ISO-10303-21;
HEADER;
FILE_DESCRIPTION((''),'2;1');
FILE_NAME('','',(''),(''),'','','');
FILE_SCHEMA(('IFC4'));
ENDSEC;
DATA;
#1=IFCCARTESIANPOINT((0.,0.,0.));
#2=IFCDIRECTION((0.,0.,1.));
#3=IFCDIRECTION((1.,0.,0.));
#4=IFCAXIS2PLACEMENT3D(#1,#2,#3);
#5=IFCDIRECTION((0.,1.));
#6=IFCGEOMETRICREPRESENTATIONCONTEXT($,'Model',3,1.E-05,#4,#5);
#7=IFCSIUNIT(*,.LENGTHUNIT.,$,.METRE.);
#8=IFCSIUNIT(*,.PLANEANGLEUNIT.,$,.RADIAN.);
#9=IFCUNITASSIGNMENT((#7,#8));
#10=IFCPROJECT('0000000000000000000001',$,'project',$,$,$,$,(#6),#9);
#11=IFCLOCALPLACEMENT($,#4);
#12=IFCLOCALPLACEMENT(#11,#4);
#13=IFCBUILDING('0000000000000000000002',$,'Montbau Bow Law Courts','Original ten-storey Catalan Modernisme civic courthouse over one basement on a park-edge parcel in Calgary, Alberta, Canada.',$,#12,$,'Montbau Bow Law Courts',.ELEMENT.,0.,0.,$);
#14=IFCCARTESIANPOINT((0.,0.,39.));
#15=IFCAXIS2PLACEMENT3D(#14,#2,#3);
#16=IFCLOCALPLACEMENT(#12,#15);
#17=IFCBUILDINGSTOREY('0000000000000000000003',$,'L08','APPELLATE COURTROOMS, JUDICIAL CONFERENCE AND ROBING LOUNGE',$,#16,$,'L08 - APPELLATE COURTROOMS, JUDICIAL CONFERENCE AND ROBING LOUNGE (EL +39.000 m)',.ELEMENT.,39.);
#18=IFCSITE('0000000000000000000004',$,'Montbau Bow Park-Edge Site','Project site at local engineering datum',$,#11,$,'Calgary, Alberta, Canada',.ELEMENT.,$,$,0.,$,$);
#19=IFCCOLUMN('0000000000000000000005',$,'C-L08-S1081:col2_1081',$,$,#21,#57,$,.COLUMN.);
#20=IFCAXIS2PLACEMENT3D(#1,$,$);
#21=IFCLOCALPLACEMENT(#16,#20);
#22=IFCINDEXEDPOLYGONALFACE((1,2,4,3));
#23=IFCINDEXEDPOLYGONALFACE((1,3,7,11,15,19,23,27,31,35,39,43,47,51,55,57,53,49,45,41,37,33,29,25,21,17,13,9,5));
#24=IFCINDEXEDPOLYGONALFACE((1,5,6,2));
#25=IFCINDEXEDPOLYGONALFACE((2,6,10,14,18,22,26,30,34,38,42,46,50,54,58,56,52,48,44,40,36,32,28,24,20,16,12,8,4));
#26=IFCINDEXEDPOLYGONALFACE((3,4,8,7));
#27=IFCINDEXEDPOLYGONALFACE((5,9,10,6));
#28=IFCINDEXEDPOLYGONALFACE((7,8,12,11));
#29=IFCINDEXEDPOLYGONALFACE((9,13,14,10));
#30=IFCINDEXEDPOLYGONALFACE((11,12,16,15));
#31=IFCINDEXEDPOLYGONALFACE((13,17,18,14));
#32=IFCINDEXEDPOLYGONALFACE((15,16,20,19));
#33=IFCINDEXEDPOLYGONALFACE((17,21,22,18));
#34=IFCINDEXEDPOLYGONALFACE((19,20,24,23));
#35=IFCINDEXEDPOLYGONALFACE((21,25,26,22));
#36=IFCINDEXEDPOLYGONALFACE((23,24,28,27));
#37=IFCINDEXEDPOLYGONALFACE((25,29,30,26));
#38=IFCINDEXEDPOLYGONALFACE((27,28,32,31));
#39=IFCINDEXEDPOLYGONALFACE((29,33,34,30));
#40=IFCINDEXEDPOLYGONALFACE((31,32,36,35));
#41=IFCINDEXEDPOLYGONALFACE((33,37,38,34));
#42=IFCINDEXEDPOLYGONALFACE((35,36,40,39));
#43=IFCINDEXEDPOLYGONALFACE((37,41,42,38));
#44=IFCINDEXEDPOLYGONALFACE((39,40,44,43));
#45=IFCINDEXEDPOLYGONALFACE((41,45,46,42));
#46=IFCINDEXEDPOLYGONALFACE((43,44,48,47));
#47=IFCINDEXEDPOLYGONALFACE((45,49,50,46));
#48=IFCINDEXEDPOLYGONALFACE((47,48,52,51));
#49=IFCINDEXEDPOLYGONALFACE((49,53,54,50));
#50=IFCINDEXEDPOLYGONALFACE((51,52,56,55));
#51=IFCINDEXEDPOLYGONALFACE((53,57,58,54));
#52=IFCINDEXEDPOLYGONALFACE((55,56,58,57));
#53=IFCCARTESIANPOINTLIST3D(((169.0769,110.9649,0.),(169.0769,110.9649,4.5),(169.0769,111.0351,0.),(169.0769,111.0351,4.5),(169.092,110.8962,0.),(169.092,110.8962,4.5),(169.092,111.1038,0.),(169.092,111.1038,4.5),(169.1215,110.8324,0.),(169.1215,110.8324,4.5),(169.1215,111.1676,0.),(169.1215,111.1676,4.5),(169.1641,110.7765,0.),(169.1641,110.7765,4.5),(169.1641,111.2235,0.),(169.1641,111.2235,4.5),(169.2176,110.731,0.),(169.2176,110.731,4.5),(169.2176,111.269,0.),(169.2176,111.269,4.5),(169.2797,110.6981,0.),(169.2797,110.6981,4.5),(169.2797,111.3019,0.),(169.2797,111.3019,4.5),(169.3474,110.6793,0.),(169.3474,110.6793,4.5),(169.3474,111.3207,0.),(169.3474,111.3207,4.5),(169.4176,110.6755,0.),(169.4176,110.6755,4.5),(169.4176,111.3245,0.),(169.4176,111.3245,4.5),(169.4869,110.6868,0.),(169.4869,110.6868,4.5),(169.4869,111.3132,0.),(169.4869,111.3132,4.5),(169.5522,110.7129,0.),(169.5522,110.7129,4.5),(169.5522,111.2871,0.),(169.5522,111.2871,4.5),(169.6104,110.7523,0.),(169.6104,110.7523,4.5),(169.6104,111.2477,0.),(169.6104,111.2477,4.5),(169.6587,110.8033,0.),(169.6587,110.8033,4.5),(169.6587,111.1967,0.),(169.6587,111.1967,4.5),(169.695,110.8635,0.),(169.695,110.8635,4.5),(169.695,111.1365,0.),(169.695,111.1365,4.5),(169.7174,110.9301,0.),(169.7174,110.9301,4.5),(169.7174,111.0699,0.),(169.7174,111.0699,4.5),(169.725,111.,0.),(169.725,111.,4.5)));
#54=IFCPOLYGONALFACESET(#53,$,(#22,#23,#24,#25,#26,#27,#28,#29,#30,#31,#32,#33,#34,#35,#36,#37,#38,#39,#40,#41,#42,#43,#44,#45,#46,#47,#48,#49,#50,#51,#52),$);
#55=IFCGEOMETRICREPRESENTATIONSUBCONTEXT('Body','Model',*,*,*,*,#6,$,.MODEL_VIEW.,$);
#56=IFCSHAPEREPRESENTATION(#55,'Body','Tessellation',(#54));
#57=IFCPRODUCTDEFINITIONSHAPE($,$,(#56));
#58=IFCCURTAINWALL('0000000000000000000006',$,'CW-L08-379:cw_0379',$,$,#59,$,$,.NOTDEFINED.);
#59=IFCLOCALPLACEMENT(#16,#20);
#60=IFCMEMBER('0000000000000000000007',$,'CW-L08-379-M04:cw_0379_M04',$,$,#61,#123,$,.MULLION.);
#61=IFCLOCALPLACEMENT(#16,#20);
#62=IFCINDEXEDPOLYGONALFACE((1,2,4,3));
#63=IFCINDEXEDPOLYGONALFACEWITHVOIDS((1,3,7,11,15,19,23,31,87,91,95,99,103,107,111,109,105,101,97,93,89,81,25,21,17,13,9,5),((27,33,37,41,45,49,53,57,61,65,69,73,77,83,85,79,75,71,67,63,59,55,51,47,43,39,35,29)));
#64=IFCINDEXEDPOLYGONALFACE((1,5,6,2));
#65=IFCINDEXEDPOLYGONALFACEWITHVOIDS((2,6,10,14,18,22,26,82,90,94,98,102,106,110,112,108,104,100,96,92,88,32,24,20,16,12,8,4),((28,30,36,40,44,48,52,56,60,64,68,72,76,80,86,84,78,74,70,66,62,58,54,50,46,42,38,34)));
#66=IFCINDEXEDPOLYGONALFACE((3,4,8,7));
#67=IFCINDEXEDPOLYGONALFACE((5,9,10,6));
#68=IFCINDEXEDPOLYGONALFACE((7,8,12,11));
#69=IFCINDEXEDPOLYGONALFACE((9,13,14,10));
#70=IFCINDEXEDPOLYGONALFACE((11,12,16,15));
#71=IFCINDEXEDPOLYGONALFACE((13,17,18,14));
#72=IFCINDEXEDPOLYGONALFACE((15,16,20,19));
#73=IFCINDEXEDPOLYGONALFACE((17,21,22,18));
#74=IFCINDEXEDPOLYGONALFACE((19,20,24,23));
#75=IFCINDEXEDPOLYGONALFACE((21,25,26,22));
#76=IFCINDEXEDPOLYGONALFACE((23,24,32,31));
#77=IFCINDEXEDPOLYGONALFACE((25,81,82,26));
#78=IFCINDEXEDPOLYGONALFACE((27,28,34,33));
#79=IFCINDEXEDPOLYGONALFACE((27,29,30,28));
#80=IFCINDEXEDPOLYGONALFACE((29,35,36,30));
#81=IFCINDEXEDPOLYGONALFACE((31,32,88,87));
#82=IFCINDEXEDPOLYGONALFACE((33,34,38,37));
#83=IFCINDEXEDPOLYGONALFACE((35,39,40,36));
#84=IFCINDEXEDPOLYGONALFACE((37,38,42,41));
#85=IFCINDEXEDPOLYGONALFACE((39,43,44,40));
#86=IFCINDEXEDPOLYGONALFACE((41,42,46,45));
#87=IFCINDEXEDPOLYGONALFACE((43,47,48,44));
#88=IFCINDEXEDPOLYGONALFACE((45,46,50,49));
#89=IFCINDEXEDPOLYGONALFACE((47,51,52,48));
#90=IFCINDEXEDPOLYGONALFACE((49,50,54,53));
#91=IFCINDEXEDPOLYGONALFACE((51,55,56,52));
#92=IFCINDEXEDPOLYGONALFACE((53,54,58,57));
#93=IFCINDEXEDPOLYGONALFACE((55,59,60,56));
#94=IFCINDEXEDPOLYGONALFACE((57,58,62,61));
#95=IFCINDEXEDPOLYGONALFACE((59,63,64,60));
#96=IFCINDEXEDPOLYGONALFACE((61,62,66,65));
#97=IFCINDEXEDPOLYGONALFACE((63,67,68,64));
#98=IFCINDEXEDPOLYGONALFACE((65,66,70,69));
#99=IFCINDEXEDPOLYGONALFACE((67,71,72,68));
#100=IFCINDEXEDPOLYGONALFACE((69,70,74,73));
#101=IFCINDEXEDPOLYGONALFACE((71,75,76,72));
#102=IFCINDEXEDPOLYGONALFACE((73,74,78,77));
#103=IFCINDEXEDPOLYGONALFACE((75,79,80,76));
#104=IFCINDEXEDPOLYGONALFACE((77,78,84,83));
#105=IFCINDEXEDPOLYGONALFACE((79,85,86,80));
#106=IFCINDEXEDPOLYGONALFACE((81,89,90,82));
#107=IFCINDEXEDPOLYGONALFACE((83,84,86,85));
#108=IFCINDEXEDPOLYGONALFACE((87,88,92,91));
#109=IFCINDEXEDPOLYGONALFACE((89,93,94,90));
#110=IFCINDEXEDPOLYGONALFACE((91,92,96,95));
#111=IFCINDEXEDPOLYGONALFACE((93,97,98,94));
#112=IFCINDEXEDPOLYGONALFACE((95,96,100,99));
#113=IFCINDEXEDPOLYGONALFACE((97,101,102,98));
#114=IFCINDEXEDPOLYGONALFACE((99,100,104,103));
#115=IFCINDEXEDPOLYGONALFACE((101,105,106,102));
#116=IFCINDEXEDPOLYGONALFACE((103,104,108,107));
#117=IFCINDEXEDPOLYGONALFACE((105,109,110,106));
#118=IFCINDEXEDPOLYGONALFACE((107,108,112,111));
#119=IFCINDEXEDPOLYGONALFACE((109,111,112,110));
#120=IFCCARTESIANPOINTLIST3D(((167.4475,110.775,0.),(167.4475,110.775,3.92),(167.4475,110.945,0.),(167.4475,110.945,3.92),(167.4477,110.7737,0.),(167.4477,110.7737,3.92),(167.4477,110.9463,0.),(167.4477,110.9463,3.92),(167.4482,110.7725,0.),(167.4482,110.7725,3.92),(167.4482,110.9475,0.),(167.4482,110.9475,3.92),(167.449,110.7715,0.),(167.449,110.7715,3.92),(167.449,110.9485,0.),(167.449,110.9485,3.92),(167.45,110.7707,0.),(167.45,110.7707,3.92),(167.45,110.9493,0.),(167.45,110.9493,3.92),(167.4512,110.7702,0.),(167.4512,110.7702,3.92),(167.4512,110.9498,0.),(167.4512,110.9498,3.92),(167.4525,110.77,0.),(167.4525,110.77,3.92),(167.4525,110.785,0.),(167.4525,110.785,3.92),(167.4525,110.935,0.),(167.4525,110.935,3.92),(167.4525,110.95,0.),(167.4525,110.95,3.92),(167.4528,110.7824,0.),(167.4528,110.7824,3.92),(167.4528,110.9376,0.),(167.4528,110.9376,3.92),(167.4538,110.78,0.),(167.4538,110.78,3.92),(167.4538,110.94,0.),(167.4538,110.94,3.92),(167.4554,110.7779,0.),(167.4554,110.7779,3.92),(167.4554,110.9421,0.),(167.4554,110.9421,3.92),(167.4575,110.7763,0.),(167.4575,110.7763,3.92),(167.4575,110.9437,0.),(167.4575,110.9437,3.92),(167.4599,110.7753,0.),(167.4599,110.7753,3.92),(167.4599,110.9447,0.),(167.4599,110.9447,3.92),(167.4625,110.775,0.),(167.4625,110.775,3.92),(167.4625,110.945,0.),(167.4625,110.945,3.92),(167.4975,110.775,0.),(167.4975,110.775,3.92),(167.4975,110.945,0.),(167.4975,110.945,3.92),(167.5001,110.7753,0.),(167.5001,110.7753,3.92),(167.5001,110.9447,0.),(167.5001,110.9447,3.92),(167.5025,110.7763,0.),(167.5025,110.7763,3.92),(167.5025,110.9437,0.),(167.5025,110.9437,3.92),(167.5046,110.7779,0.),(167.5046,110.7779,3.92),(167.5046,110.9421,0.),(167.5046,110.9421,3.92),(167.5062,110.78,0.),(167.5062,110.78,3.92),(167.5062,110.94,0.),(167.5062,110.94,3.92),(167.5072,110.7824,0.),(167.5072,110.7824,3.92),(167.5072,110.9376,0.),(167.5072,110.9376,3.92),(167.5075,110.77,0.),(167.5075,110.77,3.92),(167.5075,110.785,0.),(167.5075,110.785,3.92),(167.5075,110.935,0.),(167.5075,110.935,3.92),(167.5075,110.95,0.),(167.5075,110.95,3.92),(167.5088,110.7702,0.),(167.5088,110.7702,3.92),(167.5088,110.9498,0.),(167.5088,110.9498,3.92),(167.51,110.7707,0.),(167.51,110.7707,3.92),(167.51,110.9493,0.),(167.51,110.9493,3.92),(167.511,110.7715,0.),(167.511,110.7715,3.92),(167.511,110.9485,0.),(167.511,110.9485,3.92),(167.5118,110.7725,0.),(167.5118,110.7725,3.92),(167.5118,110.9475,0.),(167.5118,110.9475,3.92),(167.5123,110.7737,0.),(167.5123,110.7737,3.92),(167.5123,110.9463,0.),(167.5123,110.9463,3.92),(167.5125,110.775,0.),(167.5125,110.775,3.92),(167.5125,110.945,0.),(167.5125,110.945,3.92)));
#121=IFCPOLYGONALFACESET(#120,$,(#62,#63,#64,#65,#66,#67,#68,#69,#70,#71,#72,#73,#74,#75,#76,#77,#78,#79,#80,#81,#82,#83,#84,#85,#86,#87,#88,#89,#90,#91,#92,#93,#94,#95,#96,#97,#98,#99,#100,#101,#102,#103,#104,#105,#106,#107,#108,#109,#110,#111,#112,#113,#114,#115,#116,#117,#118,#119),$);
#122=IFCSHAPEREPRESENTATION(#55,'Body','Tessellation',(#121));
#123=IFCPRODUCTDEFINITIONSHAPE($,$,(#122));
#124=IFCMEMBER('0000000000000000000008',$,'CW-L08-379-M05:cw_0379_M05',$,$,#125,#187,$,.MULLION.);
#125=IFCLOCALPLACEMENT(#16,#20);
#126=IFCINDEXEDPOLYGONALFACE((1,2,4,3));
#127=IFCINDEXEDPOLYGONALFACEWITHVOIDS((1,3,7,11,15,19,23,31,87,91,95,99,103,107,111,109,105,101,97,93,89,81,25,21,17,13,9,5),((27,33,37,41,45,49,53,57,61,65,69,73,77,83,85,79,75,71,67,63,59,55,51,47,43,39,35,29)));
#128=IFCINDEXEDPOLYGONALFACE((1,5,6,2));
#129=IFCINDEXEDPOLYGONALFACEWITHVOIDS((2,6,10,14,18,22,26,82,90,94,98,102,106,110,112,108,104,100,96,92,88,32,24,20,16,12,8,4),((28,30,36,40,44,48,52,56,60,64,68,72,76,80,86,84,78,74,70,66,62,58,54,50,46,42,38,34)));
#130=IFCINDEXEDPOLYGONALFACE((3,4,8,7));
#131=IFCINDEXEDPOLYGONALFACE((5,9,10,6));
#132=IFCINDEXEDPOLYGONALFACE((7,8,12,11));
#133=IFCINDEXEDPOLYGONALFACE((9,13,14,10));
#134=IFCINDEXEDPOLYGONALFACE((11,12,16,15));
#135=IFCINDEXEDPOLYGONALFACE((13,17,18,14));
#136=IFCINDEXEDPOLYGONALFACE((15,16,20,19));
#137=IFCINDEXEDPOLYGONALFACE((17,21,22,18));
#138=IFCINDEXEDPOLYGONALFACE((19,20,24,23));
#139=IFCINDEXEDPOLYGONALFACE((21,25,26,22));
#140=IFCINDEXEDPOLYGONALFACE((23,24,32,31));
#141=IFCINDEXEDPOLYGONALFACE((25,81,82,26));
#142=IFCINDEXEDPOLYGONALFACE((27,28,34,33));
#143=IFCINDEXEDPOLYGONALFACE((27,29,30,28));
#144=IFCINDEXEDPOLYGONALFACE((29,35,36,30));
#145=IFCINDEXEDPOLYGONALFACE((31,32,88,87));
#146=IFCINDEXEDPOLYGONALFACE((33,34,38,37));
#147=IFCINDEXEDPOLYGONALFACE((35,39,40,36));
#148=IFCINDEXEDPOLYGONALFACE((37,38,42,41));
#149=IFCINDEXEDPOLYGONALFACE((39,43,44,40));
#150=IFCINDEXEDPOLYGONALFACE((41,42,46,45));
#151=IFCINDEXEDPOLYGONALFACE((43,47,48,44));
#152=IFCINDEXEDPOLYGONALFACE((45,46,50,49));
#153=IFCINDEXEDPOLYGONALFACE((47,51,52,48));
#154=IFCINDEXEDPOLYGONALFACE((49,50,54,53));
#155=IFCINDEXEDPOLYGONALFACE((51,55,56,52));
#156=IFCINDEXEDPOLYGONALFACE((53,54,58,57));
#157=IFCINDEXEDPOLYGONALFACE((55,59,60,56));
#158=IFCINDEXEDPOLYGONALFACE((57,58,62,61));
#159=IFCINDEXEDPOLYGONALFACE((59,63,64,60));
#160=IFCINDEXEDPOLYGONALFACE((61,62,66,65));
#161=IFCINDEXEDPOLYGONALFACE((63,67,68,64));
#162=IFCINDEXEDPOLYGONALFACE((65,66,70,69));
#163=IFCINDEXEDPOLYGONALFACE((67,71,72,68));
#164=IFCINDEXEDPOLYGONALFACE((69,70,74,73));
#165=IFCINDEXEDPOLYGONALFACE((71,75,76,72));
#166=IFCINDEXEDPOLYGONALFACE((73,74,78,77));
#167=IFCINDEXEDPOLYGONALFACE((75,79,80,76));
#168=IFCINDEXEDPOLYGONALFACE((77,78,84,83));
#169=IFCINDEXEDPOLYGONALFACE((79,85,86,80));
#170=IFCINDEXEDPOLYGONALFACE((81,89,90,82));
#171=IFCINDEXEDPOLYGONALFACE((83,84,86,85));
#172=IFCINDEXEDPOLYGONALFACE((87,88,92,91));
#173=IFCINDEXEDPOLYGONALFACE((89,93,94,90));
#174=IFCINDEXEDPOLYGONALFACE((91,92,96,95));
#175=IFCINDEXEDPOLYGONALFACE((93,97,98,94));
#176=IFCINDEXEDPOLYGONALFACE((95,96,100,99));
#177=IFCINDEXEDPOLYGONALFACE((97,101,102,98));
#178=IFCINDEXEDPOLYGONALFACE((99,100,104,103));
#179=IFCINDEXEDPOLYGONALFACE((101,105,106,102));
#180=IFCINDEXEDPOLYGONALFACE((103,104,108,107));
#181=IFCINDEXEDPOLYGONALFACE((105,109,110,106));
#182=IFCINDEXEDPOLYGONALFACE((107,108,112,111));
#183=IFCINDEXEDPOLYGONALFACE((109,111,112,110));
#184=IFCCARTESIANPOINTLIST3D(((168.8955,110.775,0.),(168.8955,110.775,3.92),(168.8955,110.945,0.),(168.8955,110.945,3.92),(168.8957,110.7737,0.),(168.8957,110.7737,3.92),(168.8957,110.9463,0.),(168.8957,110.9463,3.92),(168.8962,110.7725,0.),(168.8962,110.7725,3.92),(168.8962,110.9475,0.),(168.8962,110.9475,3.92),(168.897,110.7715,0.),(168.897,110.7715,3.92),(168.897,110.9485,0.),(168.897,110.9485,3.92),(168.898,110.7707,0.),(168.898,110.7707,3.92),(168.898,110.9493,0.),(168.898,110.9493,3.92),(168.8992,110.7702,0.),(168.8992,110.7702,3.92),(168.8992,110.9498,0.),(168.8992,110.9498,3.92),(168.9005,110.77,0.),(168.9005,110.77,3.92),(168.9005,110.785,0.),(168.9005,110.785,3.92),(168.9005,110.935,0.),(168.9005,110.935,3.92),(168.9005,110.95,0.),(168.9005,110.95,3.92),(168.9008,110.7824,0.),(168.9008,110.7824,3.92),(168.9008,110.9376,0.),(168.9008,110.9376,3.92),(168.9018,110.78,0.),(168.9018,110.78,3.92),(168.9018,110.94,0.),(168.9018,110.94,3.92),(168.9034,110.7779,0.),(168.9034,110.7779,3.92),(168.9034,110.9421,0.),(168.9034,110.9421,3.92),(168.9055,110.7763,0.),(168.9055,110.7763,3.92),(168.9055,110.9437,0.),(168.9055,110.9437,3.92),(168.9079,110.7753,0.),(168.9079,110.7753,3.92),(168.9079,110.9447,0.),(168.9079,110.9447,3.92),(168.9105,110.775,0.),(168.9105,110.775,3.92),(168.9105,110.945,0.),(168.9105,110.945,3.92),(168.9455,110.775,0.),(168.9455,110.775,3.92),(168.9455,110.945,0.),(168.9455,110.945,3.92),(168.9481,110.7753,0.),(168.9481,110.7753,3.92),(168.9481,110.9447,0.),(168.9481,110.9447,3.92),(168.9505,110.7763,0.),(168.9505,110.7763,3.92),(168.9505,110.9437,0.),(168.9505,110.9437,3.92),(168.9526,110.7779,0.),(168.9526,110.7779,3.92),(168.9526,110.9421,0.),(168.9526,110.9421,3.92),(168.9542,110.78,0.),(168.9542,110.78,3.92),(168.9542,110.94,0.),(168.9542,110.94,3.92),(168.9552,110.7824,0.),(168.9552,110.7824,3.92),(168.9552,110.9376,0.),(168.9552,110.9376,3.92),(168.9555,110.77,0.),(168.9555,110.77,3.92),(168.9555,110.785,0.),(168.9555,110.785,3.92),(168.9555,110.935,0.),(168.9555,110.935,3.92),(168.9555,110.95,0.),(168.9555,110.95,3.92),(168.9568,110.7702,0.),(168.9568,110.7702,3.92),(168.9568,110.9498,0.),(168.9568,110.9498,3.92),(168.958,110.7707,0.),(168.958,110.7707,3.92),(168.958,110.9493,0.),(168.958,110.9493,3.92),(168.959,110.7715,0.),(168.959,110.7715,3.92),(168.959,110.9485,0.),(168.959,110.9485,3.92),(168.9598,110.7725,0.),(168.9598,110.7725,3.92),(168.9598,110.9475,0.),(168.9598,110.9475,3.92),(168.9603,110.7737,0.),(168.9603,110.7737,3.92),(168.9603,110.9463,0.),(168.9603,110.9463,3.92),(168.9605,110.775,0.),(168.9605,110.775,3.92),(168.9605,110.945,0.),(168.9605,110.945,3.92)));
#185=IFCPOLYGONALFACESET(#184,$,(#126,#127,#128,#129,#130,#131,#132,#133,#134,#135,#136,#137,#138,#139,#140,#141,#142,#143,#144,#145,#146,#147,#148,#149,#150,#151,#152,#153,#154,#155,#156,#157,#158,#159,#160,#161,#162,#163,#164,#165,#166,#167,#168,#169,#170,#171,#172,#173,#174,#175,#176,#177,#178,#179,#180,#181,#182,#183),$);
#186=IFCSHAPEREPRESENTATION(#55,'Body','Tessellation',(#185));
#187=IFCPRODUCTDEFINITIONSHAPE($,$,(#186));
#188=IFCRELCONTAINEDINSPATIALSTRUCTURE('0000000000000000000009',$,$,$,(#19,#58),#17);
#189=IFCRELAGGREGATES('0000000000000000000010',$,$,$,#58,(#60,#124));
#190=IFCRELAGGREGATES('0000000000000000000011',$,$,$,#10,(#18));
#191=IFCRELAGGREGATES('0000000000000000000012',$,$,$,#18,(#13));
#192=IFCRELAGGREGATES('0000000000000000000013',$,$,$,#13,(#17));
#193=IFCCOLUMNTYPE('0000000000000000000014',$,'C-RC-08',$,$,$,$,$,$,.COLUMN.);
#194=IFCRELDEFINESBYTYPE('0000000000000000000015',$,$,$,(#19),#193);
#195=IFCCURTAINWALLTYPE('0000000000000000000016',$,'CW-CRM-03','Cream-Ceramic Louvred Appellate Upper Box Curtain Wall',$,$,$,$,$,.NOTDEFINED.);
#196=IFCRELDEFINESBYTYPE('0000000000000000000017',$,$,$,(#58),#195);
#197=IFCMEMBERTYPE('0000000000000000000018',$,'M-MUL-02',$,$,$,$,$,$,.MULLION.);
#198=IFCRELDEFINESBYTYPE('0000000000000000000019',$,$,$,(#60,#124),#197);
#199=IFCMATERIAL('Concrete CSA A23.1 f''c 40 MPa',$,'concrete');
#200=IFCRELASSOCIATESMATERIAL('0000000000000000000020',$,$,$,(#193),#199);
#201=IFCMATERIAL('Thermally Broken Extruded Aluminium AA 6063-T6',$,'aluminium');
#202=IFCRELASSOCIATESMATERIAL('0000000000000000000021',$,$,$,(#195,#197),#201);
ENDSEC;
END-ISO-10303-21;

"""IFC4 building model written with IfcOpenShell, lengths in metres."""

from ifc_helpers import new_model, si_unit, direction, frame, origin_with_axes, origin_2d_with_axis, place, context, subcontext, project, spatial, hollow_rectangle, circle, extrude, material, material_profile, profile_set, type_object, element, aggregate, save


model = new_model("IFC4")

# Units and contexts
model_context = context("Model", 3, precision=1e-05, world=origin_with_axes(), true_north=direction((0.0, 1.0)))
body_context = subcontext(model_context, "Body", "Model", "MODEL_VIEW")
ifc_project = project(units=[si_unit("LENGTHUNIT", "METRE"), si_unit("PLANEANGLEUNIT", "RADIAN")], contexts=[model_context])

# Site, building, storey
site_placement = place(None, origin_with_axes())
site = spatial("IfcSite", under=ifc_project, at=site_placement, Name="Montbau Bow Park-Edge Site", Description="Project site at local engineering datum", LongName="Calgary, Alberta, Canada", CompositionType="ELEMENT", RefElevation=0.0)
building_placement = place(site_placement, origin_with_axes())
building = spatial("IfcBuilding", under=site, at=building_placement, Name="Montbau Bow Law Courts", Description="Original ten-storey Catalan Modernisme civic courthouse over one basement on a park-edge parcel in Calgary, Alberta, Canada.", LongName="Montbau Bow Law Courts", CompositionType="ELEMENT", ElevationOfRefHeight=0.0, ElevationOfTerrain=0.0)
storey_placement = place(building_placement, frame((0.0, 0.0, 39.0), z_axis=(0.0, 0.0, 1.0), x_axis=(1.0, 0.0, 0.0)))
storey = spatial("IfcBuildingStorey", under=building, at=storey_placement, Name="L08", Description="APPELLATE COURTROOMS, JUDICIAL CONFERENCE AND ROBING LOUNGE", LongName="L08 - APPELLATE COURTROOMS, JUDICIAL CONFERENCE AND ROBING LOUNGE (EL +39.000 m)", CompositionType="ELEMENT", Elevation=39.0)

# Column
ifc_material_1 = material(Name="Concrete CSA A23.1 f'c 40 MPa", Category="concrete")
ifc_material_profile_1 = material_profile(ifc_material_1, circle(Radius=0.325, at=origin_2d_with_axis()), Name="RC650D", Category="Main", Priority=0)
ifc_profile_set_1 = profile_set([ifc_material_profile_1], Name="Concrete CSA A23.1 f'c 40 MPa")
column_type = type_object("IfcColumnType", Name="C-RC-08", PredefinedType="COLUMN", material=ifc_profile_set_1)
column_placement = place(None, frame((169.4, 111.0, 39.0), z_axis=(0.0, 0.0, 1.0), x_axis=(1.0, 0.0, 0.0)))
element("IfcColumn", 1, at=column_placement, inside=storey, type_object=column_type, Name="C-L08-S1081:col2_1081", PredefinedType="COLUMN", context=body_context, shape_type="SweptSolid", body=[
    extrude(circle(Radius=0.325, at=origin_2d_with_axis()), origin_with_axes(), (0.0, 0.0, 1.0), 4.5),
])

# Curtain wall, members
ifc_material_2 = material(Name="Thermally Broken Extruded Aluminium AA 6063-T6", Category="aluminium")
curtain_wall_type = type_object("IfcCurtainWallType", Name="CW-CRM-03", Description="Cream-Ceramic Louvred Appellate Upper Box Curtain Wall", PredefinedType="NOTDEFINED", material=ifc_material_2)
curtain_wall_1_placement = place(None, frame((163.04, 110.86, 39.0), z_axis=(0.0, 0.0, 1.0), x_axis=(1.0, 0.0, 0.0)))
curtain_wall_1 = element("IfcCurtainWall", 2, at=curtain_wall_1_placement, inside=storey, type_object=curtain_wall_type, Name="CW-L08-379:cw_0379", PredefinedType="NOTDEFINED")
ifc_material_profile_2 = material_profile(ifc_material_2, hollow_rectangle(XDim=0.065, YDim=0.18, WallThickness=0.005, InnerFilletRadius=0.01, OuterFilletRadius=0.005, at=origin_2d_with_axis()), Name="CWM-180X65", Category="Main", Priority=0)
ifc_profile_set_2 = profile_set([ifc_material_profile_2], Name="Thermally Broken Extruded Aluminium AA 6063-T6")
member_type_1 = type_object("IfcMemberType", Name="M-MUL-02", PredefinedType="MULLION", material=ifc_profile_set_2)
member_1_placement = place(None, frame((167.48, 110.86, 39.0), z_axis=(0.0, 0.0, 1.0), x_axis=(1.0, 0.0, 0.0)))
member_1 = element("IfcMember", 3, at=member_1_placement, type_object=member_type_1, Name="CW-L08-379-M04:cw_0379_M04", PredefinedType="MULLION", context=body_context, shape_type="SweptSolid", body=[
    extrude(hollow_rectangle(XDim=0.065, YDim=0.18, WallThickness=0.005, InnerFilletRadius=0.01, OuterFilletRadius=0.005, at=origin_2d_with_axis()), origin_with_axes(), (0.0, 0.0, 1.0), 3.92),
])
member_2_placement = place(None, frame((168.928, 110.86, 39.0), z_axis=(0.0, 0.0, 1.0), x_axis=(1.0, 0.0, 0.0)))
member_2 = element("IfcMember", 4, at=member_2_placement, type_object=member_type_1, Name="CW-L08-379-M05:cw_0379_M05", PredefinedType="MULLION", context=body_context, shape_type="SweptSolid", body=[
    extrude(hollow_rectangle(XDim=0.065, YDim=0.18, WallThickness=0.005, InnerFilletRadius=0.01, OuterFilletRadius=0.005, at=origin_2d_with_axis()), origin_with_axes(), (0.0, 0.0, 1.0), 3.92),
])

aggregate(curtain_wall_1, [member_1, member_2])

save(model, "model.ifc")
